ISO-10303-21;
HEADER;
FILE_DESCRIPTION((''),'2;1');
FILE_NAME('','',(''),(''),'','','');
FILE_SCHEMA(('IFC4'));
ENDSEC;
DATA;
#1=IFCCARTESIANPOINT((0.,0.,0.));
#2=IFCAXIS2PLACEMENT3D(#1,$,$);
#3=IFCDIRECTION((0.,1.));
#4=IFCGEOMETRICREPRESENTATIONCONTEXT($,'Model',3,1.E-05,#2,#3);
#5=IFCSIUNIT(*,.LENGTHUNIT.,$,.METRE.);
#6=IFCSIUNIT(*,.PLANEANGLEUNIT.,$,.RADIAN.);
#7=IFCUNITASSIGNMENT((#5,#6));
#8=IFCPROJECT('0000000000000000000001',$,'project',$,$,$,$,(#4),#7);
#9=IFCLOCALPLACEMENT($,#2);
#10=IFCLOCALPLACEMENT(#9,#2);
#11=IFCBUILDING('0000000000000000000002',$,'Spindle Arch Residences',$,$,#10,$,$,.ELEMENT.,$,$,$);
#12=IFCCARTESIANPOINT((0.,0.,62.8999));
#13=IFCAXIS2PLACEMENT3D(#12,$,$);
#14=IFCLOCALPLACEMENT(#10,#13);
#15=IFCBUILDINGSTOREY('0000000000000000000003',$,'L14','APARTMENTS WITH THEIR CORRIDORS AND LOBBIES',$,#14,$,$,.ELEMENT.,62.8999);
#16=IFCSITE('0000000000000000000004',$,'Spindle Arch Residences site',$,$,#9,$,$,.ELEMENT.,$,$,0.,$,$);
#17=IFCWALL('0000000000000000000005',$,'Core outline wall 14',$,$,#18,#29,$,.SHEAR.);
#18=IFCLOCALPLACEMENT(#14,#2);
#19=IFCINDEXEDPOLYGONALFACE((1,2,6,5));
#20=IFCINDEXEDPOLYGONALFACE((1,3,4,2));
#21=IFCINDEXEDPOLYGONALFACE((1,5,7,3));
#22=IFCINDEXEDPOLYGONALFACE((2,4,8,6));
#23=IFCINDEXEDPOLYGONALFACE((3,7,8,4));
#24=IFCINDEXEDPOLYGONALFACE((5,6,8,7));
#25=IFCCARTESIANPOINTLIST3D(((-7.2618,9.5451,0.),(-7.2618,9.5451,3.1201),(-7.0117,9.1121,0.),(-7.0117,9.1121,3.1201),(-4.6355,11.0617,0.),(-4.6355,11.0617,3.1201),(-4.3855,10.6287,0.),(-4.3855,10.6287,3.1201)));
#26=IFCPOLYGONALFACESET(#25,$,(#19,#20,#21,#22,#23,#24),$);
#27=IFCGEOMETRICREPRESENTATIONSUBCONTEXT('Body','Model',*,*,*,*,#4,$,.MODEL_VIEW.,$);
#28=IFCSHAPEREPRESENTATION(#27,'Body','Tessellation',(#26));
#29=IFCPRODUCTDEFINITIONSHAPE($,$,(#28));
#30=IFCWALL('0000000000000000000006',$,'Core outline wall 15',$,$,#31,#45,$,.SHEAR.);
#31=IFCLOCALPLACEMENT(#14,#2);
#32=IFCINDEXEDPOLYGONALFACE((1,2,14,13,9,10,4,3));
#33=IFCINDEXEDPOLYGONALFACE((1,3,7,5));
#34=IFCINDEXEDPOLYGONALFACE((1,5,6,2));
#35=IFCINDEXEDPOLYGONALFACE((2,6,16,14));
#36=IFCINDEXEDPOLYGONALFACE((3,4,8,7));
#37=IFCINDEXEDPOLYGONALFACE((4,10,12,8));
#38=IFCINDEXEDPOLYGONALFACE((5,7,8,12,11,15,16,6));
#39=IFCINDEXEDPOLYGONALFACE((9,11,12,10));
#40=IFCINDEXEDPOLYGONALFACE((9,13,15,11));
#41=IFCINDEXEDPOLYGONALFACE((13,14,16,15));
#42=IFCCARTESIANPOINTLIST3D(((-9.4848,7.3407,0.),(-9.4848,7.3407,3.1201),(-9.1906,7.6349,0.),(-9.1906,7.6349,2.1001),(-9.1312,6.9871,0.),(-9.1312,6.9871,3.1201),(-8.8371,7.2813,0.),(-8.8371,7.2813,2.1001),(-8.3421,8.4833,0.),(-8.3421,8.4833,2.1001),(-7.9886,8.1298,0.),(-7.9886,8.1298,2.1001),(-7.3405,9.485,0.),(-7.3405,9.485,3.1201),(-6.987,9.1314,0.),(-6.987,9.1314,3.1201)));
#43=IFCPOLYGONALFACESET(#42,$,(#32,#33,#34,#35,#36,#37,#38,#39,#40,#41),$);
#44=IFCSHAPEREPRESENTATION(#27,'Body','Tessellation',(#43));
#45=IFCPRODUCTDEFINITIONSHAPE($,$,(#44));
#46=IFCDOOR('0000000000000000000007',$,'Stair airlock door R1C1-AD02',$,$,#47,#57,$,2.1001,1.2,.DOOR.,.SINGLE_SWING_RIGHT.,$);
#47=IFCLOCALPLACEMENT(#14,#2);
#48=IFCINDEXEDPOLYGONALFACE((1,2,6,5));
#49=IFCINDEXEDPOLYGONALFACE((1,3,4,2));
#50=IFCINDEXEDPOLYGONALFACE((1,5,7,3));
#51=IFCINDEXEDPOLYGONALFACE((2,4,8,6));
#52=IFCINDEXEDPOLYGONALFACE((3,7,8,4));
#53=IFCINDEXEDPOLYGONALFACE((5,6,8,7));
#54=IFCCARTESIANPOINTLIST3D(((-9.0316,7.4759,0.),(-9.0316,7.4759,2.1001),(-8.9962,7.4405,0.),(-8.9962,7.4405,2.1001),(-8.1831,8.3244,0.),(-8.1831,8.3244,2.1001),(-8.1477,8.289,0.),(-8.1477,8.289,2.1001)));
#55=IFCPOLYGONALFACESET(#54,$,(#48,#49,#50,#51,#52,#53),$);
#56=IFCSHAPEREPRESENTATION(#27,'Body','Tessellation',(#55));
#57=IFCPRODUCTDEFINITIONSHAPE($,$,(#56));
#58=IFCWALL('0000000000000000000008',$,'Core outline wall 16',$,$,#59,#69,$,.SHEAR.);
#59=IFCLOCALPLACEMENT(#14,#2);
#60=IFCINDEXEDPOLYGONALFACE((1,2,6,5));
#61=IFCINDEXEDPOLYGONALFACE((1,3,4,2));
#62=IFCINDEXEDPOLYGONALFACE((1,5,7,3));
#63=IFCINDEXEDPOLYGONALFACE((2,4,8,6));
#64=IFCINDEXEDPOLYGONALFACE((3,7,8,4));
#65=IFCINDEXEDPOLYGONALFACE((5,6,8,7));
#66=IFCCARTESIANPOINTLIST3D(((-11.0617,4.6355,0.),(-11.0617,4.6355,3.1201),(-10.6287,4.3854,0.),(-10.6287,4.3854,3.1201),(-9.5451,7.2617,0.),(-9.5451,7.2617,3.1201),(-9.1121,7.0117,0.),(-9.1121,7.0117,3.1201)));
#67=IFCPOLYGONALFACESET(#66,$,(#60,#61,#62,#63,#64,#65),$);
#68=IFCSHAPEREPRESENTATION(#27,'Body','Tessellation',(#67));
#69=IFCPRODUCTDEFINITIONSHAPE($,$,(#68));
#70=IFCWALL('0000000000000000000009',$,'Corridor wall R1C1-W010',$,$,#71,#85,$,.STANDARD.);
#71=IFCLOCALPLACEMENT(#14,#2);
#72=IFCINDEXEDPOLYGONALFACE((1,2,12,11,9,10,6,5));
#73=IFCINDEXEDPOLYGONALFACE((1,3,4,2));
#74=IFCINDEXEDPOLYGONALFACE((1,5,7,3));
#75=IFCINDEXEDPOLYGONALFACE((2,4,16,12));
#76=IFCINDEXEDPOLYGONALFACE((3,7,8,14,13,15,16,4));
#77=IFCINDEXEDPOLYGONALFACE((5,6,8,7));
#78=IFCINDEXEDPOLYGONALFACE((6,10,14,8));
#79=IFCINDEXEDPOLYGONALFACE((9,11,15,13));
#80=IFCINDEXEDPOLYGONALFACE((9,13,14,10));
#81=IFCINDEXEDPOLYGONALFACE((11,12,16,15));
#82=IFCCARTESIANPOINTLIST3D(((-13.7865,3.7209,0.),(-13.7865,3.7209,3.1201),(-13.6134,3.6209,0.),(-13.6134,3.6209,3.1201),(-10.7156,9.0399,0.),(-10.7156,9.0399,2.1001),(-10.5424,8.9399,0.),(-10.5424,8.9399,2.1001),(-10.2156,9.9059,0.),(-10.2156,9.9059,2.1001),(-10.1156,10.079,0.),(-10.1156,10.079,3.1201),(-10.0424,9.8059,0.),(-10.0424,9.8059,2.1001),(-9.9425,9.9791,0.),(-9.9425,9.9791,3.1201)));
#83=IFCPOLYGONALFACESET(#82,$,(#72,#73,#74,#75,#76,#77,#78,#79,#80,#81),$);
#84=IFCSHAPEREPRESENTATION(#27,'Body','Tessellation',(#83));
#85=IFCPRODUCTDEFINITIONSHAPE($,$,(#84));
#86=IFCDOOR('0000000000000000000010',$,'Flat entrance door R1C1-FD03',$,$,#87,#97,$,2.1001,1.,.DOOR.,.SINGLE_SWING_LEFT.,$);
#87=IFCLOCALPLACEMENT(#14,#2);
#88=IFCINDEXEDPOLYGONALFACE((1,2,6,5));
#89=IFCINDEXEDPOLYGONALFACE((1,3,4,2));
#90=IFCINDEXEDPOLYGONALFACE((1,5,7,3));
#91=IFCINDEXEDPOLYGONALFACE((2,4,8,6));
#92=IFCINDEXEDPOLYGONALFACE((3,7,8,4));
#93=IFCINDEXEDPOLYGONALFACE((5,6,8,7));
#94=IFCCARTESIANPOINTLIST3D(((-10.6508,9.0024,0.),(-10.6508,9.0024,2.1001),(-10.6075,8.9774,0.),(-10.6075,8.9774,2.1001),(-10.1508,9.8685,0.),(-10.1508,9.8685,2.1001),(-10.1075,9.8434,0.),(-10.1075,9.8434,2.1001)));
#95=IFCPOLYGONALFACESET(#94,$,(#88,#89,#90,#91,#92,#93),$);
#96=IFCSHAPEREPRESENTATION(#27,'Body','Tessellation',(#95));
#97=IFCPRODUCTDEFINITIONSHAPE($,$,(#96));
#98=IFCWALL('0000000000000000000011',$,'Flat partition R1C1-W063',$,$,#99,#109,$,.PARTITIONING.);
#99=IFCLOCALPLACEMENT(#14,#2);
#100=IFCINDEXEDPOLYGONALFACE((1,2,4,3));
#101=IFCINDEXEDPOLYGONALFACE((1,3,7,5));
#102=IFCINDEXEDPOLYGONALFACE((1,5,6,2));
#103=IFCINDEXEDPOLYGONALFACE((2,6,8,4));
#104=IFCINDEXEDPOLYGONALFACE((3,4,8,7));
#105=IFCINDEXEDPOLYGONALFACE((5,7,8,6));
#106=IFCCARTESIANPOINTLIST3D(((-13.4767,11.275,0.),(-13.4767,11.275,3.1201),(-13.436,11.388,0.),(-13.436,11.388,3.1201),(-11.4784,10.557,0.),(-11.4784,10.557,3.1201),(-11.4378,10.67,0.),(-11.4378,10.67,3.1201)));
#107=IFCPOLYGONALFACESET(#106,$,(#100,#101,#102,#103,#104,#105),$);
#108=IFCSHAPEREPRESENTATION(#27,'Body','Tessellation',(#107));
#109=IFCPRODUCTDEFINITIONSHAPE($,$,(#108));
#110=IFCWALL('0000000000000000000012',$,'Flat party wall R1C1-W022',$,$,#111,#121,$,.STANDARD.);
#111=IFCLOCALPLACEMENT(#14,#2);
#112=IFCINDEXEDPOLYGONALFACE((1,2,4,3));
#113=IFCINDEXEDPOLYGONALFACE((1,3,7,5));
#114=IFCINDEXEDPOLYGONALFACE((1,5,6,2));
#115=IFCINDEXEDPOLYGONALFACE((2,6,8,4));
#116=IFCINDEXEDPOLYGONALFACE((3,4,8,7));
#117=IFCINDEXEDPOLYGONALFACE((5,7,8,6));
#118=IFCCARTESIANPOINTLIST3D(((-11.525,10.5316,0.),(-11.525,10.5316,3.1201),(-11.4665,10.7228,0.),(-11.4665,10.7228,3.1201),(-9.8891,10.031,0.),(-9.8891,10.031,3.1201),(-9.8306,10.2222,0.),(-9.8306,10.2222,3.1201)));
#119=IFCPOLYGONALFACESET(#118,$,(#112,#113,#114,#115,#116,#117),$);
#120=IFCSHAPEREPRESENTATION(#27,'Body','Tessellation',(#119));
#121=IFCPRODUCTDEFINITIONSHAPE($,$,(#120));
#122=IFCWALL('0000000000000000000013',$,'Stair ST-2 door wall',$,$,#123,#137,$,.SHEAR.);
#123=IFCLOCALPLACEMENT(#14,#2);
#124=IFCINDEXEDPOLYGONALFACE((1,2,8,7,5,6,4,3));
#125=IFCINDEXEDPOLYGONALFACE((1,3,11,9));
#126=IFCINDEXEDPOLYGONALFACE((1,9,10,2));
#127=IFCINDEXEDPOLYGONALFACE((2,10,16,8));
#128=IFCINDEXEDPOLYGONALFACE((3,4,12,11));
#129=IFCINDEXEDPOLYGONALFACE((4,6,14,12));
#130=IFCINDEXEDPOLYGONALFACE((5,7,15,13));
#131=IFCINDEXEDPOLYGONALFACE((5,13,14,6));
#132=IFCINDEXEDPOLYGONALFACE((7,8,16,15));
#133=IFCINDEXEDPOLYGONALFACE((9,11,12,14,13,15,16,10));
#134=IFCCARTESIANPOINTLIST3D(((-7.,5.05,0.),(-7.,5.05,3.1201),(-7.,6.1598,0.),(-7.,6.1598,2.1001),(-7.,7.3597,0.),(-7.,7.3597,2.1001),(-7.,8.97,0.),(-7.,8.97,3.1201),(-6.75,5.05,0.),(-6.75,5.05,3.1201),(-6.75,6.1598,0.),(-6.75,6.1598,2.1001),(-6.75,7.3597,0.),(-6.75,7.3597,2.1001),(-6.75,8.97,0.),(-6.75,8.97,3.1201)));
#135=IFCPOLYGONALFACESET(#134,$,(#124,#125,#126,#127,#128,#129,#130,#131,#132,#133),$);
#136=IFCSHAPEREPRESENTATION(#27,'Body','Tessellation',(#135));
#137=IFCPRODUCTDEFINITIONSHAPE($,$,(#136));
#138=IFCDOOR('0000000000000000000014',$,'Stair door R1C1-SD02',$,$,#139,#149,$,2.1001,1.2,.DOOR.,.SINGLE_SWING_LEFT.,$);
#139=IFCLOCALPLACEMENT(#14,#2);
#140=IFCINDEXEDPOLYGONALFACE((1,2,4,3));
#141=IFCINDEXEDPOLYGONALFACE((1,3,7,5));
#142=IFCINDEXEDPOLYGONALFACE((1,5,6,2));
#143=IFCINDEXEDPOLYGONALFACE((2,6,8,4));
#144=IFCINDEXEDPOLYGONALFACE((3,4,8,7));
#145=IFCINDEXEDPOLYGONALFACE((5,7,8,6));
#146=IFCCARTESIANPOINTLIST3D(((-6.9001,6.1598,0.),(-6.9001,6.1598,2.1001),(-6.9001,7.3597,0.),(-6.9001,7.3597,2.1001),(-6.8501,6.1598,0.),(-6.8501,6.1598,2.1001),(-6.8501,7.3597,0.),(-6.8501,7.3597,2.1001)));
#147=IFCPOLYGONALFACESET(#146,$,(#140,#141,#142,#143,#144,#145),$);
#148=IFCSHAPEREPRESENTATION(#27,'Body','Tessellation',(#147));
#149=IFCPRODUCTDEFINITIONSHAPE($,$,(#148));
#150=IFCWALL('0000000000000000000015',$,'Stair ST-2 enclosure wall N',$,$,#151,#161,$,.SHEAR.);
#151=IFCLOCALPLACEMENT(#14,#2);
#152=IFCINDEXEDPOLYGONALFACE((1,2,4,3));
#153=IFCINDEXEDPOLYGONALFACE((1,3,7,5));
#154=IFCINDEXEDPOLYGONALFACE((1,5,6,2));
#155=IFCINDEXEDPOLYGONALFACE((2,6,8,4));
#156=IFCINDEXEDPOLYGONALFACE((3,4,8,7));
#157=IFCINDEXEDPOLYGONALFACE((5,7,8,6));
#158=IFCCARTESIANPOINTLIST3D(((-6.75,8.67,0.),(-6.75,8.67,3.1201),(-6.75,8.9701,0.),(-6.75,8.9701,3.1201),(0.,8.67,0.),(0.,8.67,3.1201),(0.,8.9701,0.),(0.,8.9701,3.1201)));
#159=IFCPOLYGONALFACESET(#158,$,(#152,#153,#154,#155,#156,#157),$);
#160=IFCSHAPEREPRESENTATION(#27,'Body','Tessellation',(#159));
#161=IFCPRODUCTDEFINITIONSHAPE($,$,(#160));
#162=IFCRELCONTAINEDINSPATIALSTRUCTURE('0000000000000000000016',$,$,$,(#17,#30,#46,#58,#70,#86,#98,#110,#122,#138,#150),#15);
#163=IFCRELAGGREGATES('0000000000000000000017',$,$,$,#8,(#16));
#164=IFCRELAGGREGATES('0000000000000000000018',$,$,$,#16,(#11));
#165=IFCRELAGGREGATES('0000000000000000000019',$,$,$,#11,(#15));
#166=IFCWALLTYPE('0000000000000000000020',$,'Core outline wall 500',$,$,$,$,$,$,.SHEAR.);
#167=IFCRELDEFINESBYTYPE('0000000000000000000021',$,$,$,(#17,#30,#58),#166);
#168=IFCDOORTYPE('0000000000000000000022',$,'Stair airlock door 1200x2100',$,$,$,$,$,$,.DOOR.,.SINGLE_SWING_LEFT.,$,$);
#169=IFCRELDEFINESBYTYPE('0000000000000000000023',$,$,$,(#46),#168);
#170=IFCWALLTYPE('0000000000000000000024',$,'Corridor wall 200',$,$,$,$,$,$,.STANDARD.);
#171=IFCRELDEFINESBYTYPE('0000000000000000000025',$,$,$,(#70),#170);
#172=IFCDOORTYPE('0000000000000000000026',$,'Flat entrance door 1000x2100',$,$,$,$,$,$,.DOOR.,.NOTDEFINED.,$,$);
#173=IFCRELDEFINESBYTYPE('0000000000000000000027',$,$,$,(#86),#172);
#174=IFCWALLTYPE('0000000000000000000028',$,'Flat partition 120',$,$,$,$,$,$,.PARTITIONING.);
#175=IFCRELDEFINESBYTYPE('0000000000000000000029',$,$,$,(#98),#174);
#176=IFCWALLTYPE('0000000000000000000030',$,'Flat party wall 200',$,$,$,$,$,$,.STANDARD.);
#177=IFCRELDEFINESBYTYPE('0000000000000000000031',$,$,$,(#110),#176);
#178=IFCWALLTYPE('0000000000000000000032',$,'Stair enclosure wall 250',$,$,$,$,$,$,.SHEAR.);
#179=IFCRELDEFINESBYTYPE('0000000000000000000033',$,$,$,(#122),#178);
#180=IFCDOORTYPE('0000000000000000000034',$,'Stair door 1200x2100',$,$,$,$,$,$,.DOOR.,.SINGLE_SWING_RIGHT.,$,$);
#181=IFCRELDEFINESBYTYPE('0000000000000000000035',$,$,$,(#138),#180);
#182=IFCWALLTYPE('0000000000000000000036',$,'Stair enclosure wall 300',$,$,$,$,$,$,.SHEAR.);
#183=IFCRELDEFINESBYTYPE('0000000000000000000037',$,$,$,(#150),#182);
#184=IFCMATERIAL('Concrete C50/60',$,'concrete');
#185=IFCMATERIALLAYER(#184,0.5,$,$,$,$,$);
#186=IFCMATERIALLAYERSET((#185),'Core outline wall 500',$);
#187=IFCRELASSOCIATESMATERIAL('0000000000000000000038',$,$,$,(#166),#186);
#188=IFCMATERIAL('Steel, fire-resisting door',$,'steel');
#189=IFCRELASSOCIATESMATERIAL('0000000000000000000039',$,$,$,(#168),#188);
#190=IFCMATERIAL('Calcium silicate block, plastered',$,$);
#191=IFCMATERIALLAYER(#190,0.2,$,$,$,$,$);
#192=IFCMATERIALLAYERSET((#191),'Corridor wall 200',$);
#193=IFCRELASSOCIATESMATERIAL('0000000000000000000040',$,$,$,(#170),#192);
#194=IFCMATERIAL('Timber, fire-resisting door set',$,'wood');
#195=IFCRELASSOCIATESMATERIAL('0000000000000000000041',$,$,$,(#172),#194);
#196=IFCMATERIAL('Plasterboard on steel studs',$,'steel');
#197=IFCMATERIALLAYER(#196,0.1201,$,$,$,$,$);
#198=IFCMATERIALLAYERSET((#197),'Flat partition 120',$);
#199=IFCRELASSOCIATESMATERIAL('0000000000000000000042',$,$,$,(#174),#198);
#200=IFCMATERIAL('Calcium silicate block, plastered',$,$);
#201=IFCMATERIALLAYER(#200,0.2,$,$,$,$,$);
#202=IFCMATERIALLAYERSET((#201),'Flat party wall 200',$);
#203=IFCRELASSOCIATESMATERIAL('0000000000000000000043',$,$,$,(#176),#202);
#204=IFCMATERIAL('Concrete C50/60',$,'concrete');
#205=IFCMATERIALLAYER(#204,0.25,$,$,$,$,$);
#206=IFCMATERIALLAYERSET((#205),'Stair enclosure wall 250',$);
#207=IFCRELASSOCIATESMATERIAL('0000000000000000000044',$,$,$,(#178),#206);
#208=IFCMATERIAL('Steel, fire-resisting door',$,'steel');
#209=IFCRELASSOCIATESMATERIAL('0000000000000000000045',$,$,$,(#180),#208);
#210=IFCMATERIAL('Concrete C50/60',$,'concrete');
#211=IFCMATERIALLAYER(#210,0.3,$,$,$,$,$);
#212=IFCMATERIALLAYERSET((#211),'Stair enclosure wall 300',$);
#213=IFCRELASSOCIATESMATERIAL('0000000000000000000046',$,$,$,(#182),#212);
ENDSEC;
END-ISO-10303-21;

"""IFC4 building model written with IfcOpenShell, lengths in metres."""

from ifc_helpers import new_model, si_unit, direction, frame, frame_2d, origin, place, context, subcontext, project, spatial, rectangle, extrude, material, layer, layer_set, type_object, element, fill, save


model = new_model("IFC4")

# Units and contexts
model_context = context("Model", 3, precision=1e-05, world=origin(), true_north=direction((0.0, 1.0)))
body_context = subcontext(model_context, "Body", "Model", "MODEL_VIEW")
ifc_project = project(units=[si_unit("LENGTHUNIT", "METRE"), si_unit("PLANEANGLEUNIT", "RADIAN")], contexts=[model_context])

# Site, building, storey
site_placement = place(None, origin())
site = spatial("IfcSite", under=ifc_project, at=site_placement, Name="Spindle Arch Residences site", CompositionType="ELEMENT", RefElevation=0.0)
building_placement = place(site_placement, origin())
building = spatial("IfcBuilding", under=site, at=building_placement, Name="Spindle Arch Residences", CompositionType="ELEMENT")
storey_placement = place(building_placement, frame((0.0, 0.0, 62.8999)))
storey = spatial("IfcBuildingStorey", under=building, at=storey_placement, Name="L14", Description="APARTMENTS WITH THEIR CORRIDORS AND LOBBIES", CompositionType="ELEMENT", Elevation=62.8999)

# Wall
ifc_material_1 = material(Name="Concrete C50/60", Category="concrete")
ifc_layer_1 = layer(ifc_material_1, 0.5)
ifc_layer_set_1 = layer_set([ifc_layer_1], Name="Core outline wall 500")
wall_type_1 = type_object("IfcWallType", Name="Core outline wall 500", PredefinedType="SHEAR", material=ifc_layer_set_1)
wall_1_placement = place(storey_placement, frame((-4.5105, 10.8452, 0.0), z_axis=(0.0, 0.0, 1.0), x_axis=(-0.865975, -0.500087, 0.0)))
element("IfcWall", 1, at=wall_1_placement, inside=storey, type_object=wall_type_1, Name="Core outline wall 14", PredefinedType="SHEAR", context=body_context, shape_type="SweptSolid", body=[
    extrude(rectangle(XDim=3.0327, YDim=0.5, at=frame_2d((1.5164, 0.0))), origin(), (0.0, 0.0, 1.0), 3.1201),
])

# Wall, opening, door
wall_2_placement = place(storey_placement, frame((-7.1638, 9.3081, 0.0), z_axis=(0.0, 0.0, 1.0), x_axis=(-0.707107, -0.707107, 0.0)))
wall_2 = element("IfcWall", 2, at=wall_2_placement, inside=storey, type_object=wall_type_1, Name="Core outline wall 15", PredefinedType="SHEAR", context=body_context, shape_type="SweptSolid", body=[
    extrude(rectangle(XDim=3.0325, YDim=0.5, at=frame_2d((1.5161, 0.0))), origin(), (0.0, 0.0, 1.0), 3.1201),
])
opening_1_placement = place(wall_2_placement, frame((1.4163, 0.0, 0.0)))
opening_1 = element("IfcOpeningElement", 3, at=opening_1_placement, cuts=wall_2, PredefinedType="OPENING", context=body_context, shape_type="SweptSolid", body=[
    extrude(rectangle(XDim=1.2, YDim=2.1001, at=frame_2d((0.6001, 1.05))), frame((0.0, 0.26, 0.0), z_axis=(0.0, -1.0, 0.0), x_axis=(1.0, 0.0, 0.0)), (0.0, 0.0, 1.0), 0.52),
])
ifc_material_2 = material(Name="Steel, fire-resisting door", Category="steel")
door_type_1 = type_object("IfcDoorType", Name="Stair airlock door 1200x2100", OperationType="SINGLE_SWING_LEFT", PredefinedType="DOOR", material=ifc_material_2)
door_1_placement = place(opening_1_placement, origin())
door_1 = element("IfcDoor", 4, at=door_1_placement, inside=storey, type_object=door_type_1, Name="Stair airlock door R1C1-AD02", OperationType="SINGLE_SWING_RIGHT", OverallHeight=2.1001, OverallWidth=1.2, PredefinedType="DOOR", context=body_context, shape_type="SweptSolid", body=[
    extrude(rectangle(XDim=1.2, YDim=2.1001, at=frame_2d((0.6001, 1.05))), frame((0.0, 0.0249, 0.0), z_axis=(0.0, -1.0, 0.0), x_axis=(1.0, 0.0, 0.0)), (0.0, 0.0, 1.0), 0.05),
])
fill(opening_1, door_1)

# Wall
wall_3_placement = place(storey_placement, frame((-9.3286, 7.1367, 0.0), z_axis=(0.0, 0.0, 1.0), x_axis=(-0.500087, -0.865975, 0.0)))
element("IfcWall", 5, at=wall_3_placement, inside=storey, type_object=wall_type_1, Name="Core outline wall 16", PredefinedType="SHEAR", context=body_context, shape_type="SweptSolid", body=[
    extrude(rectangle(XDim=3.0327, YDim=0.5, at=frame_2d((1.5164, 0.0))), origin(), (0.0, 0.0, 1.0), 3.1201),
])

# Wall, opening, door
ifc_material_3 = material(Name="Calcium silicate block, plastered")
ifc_layer_2 = layer(ifc_material_3, 0.2)
ifc_layer_set_2 = layer_set([ifc_layer_2], Name="Corridor wall 200")
wall_type_2 = type_object("IfcWallType", Name="Corridor wall 200", PredefinedType="STANDARD", material=ifc_layer_set_2)
wall_4_placement = place(storey_placement, frame((-10.0291, 10.0291, 0.0), z_axis=(0.0, 0.0, 1.0), x_axis=(-0.500002, -0.866024, 0.0)))
wall_4 = element("IfcWall", 6, at=wall_4_placement, inside=storey, type_object=wall_type_2, Name="Corridor wall R1C1-W010", PredefinedType="STANDARD", context=body_context, shape_type="SweptSolid", body=[
    extrude(rectangle(XDim=7.3418, YDim=0.2, at=frame_2d((3.6709, 0.0))), origin(), (0.0, 0.0, 1.0), 3.1201),
])
opening_2_placement = place(wall_4_placement, frame((0.2, 0.0, 0.0)))
opening_2 = element("IfcOpeningElement", 7, at=opening_2_placement, cuts=wall_4, PredefinedType="OPENING", context=body_context, shape_type="SweptSolid", body=[
    extrude(rectangle(XDim=1.0, YDim=2.1001, at=frame_2d((0.5, 1.05))), frame((0.0, 0.1099, 0.0), z_axis=(0.0, -1.0, 0.0), x_axis=(1.0, 0.0, 0.0)), (0.0, 0.0, 1.0), 0.22),
])
ifc_material_4 = material(Name="Timber, fire-resisting door set", Category="wood")
door_type_2 = type_object("IfcDoorType", Name="Flat entrance door 1000x2100", OperationType="NOTDEFINED", PredefinedType="DOOR", material=ifc_material_4)
door_2_placement = place(opening_2_placement, origin())
door_2 = element("IfcDoor", 8, at=door_2_placement, inside=storey, type_object=door_type_2, Name="Flat entrance door R1C1-FD03", OperationType="SINGLE_SWING_LEFT", OverallHeight=2.1001, OverallWidth=1.0, PredefinedType="DOOR", context=body_context, shape_type="SweptSolid", body=[
    extrude(rectangle(XDim=1.0, YDim=2.1001, at=frame_2d((0.5, 1.05))), frame((0.0, 0.0249, 0.0), z_axis=(0.0, -1.0, 0.0), x_axis=(1.0, 0.0, 0.0)), (0.0, 0.0, 1.0), 0.05),
])
fill(opening_2, door_2)

# Walls
ifc_material_5 = material(Name="Plasterboard on steel studs", Category="steel")
ifc_layer_3 = layer(ifc_material_5, 0.1201)
ifc_layer_set_3 = layer_set([ifc_layer_3], Name="Flat partition 120")
wall_type_3 = type_object("IfcWallType", Name="Flat partition 120", PredefinedType="PARTITIONING", material=ifc_layer_set_3)
wall_5_placement = place(storey_placement, frame((-11.4583, 10.6135, 0.0), z_axis=(0.0, 0.0, 1.0), x_axis=(-0.941092, 0.338149, 0.0)))
element("IfcWall", 9, at=wall_5_placement, inside=storey, type_object=wall_type_3, Name="Flat partition R1C1-W063", PredefinedType="PARTITIONING", context=body_context, shape_type="SweptSolid", body=[
    extrude(rectangle(XDim=2.1233, YDim=0.1201, at=frame_2d((1.0615, 0.0))), origin(), (0.0, 0.0, 1.0), 3.1201),
])
ifc_material_6 = material(Name="Calcium silicate block, plastered")
ifc_layer_4 = layer(ifc_material_6, 0.2)
ifc_layer_set_4 = layer_set([ifc_layer_4], Name="Flat party wall 200")
wall_type_4 = type_object("IfcWallType", Name="Flat party wall 200", PredefinedType="STANDARD", material=ifc_layer_set_4)
wall_6_placement = place(storey_placement, frame((-11.4958, 10.6272, 0.0), z_axis=(0.0, 0.0, 1.0), x_axis=(0.956241, -0.292581, 0.0)))
element("IfcWall", 10, at=wall_6_placement, inside=storey, type_object=wall_type_4, Name="Flat party wall R1C1-W022", PredefinedType="STANDARD", context=body_context, shape_type="SweptSolid", body=[
    extrude(rectangle(XDim=1.7107, YDim=0.2, at=frame_2d((0.8555, 0.0))), origin(), (0.0, 0.0, 1.0), 3.1201),
])

# Wall, opening, door
ifc_material_7 = material(Name="Concrete C50/60", Category="concrete")
ifc_layer_5 = layer(ifc_material_7, 0.25)
ifc_layer_set_5 = layer_set([ifc_layer_5], Name="Stair enclosure wall 250")
wall_type_5 = type_object("IfcWallType", Name="Stair enclosure wall 250", PredefinedType="SHEAR", material=ifc_layer_set_5)
wall_7_placement = place(storey_placement, frame((-6.875, 8.97, 0.0), z_axis=(0.0, 0.0, 1.0), x_axis=(0.0, -1.0, 0.0)))
wall_7 = element("IfcWall", 11, at=wall_7_placement, inside=storey, type_object=wall_type_5, Name="Stair ST-2 door wall", PredefinedType="SHEAR", context=body_context, shape_type="SweptSolid", body=[
    extrude(rectangle(XDim=3.9199, YDim=0.25, at=frame_2d((1.96, 0.0))), origin(), (0.0, 0.0, 1.0), 3.1201),
])
opening_3_placement = place(wall_7_placement, frame((1.6101, 0.0, 0.0)))
opening_3 = element("IfcOpeningElement", 12, at=opening_3_placement, cuts=wall_7, PredefinedType="OPENING", context=body_context, shape_type="SweptSolid", body=[
    extrude(rectangle(XDim=1.2, YDim=2.1001, at=frame_2d((0.6001, 1.05))), frame((0.0, 0.135, 0.0), z_axis=(0.0, -1.0, 0.0), x_axis=(1.0, 0.0, 0.0)), (0.0, 0.0, 1.0), 0.27),
])
ifc_material_8 = material(Name="Steel, fire-resisting door", Category="steel")
door_type_3 = type_object("IfcDoorType", Name="Stair door 1200x2100", OperationType="SINGLE_SWING_RIGHT", PredefinedType="DOOR", material=ifc_material_8)
door_3_placement = place(opening_3_placement, origin())
door_3 = element("IfcDoor", 13, at=door_3_placement, inside=storey, type_object=door_type_3, Name="Stair door R1C1-SD02", OperationType="SINGLE_SWING_LEFT", OverallHeight=2.1001, OverallWidth=1.2, PredefinedType="DOOR", context=body_context, shape_type="SweptSolid", body=[
    extrude(rectangle(XDim=1.2, YDim=2.1001, at=frame_2d((0.6001, 1.05))), frame((0.0, 0.0249, 0.0), z_axis=(0.0, -1.0, 0.0), x_axis=(1.0, 0.0, 0.0)), (0.0, 0.0, 1.0), 0.05),
])
fill(opening_3, door_3)

# Wall
ifc_material_9 = material(Name="Concrete C50/60", Category="concrete")
ifc_layer_6 = layer(ifc_material_9, 0.3)
ifc_layer_set_6 = layer_set([ifc_layer_6], Name="Stair enclosure wall 300")
wall_type_6 = type_object("IfcWallType", Name="Stair enclosure wall 300", PredefinedType="SHEAR", material=ifc_layer_set_6)
wall_8_placement = place(storey_placement, frame((-6.75, 8.8201, 0.0), z_axis=(0.0, 0.0, 1.0), x_axis=(1.0, 0.0, 0.0)))
element("IfcWall", 14, at=wall_8_placement, inside=storey, type_object=wall_type_6, Name="Stair ST-2 enclosure wall N", PredefinedType="SHEAR", context=body_context, shape_type="SweptSolid", body=[
    extrude(rectangle(XDim=6.75, YDim=0.3, at=frame_2d((3.375, 0.0))), origin(), (0.0, 0.0, 1.0), 3.1201),
])

save(model, "model.ifc")
